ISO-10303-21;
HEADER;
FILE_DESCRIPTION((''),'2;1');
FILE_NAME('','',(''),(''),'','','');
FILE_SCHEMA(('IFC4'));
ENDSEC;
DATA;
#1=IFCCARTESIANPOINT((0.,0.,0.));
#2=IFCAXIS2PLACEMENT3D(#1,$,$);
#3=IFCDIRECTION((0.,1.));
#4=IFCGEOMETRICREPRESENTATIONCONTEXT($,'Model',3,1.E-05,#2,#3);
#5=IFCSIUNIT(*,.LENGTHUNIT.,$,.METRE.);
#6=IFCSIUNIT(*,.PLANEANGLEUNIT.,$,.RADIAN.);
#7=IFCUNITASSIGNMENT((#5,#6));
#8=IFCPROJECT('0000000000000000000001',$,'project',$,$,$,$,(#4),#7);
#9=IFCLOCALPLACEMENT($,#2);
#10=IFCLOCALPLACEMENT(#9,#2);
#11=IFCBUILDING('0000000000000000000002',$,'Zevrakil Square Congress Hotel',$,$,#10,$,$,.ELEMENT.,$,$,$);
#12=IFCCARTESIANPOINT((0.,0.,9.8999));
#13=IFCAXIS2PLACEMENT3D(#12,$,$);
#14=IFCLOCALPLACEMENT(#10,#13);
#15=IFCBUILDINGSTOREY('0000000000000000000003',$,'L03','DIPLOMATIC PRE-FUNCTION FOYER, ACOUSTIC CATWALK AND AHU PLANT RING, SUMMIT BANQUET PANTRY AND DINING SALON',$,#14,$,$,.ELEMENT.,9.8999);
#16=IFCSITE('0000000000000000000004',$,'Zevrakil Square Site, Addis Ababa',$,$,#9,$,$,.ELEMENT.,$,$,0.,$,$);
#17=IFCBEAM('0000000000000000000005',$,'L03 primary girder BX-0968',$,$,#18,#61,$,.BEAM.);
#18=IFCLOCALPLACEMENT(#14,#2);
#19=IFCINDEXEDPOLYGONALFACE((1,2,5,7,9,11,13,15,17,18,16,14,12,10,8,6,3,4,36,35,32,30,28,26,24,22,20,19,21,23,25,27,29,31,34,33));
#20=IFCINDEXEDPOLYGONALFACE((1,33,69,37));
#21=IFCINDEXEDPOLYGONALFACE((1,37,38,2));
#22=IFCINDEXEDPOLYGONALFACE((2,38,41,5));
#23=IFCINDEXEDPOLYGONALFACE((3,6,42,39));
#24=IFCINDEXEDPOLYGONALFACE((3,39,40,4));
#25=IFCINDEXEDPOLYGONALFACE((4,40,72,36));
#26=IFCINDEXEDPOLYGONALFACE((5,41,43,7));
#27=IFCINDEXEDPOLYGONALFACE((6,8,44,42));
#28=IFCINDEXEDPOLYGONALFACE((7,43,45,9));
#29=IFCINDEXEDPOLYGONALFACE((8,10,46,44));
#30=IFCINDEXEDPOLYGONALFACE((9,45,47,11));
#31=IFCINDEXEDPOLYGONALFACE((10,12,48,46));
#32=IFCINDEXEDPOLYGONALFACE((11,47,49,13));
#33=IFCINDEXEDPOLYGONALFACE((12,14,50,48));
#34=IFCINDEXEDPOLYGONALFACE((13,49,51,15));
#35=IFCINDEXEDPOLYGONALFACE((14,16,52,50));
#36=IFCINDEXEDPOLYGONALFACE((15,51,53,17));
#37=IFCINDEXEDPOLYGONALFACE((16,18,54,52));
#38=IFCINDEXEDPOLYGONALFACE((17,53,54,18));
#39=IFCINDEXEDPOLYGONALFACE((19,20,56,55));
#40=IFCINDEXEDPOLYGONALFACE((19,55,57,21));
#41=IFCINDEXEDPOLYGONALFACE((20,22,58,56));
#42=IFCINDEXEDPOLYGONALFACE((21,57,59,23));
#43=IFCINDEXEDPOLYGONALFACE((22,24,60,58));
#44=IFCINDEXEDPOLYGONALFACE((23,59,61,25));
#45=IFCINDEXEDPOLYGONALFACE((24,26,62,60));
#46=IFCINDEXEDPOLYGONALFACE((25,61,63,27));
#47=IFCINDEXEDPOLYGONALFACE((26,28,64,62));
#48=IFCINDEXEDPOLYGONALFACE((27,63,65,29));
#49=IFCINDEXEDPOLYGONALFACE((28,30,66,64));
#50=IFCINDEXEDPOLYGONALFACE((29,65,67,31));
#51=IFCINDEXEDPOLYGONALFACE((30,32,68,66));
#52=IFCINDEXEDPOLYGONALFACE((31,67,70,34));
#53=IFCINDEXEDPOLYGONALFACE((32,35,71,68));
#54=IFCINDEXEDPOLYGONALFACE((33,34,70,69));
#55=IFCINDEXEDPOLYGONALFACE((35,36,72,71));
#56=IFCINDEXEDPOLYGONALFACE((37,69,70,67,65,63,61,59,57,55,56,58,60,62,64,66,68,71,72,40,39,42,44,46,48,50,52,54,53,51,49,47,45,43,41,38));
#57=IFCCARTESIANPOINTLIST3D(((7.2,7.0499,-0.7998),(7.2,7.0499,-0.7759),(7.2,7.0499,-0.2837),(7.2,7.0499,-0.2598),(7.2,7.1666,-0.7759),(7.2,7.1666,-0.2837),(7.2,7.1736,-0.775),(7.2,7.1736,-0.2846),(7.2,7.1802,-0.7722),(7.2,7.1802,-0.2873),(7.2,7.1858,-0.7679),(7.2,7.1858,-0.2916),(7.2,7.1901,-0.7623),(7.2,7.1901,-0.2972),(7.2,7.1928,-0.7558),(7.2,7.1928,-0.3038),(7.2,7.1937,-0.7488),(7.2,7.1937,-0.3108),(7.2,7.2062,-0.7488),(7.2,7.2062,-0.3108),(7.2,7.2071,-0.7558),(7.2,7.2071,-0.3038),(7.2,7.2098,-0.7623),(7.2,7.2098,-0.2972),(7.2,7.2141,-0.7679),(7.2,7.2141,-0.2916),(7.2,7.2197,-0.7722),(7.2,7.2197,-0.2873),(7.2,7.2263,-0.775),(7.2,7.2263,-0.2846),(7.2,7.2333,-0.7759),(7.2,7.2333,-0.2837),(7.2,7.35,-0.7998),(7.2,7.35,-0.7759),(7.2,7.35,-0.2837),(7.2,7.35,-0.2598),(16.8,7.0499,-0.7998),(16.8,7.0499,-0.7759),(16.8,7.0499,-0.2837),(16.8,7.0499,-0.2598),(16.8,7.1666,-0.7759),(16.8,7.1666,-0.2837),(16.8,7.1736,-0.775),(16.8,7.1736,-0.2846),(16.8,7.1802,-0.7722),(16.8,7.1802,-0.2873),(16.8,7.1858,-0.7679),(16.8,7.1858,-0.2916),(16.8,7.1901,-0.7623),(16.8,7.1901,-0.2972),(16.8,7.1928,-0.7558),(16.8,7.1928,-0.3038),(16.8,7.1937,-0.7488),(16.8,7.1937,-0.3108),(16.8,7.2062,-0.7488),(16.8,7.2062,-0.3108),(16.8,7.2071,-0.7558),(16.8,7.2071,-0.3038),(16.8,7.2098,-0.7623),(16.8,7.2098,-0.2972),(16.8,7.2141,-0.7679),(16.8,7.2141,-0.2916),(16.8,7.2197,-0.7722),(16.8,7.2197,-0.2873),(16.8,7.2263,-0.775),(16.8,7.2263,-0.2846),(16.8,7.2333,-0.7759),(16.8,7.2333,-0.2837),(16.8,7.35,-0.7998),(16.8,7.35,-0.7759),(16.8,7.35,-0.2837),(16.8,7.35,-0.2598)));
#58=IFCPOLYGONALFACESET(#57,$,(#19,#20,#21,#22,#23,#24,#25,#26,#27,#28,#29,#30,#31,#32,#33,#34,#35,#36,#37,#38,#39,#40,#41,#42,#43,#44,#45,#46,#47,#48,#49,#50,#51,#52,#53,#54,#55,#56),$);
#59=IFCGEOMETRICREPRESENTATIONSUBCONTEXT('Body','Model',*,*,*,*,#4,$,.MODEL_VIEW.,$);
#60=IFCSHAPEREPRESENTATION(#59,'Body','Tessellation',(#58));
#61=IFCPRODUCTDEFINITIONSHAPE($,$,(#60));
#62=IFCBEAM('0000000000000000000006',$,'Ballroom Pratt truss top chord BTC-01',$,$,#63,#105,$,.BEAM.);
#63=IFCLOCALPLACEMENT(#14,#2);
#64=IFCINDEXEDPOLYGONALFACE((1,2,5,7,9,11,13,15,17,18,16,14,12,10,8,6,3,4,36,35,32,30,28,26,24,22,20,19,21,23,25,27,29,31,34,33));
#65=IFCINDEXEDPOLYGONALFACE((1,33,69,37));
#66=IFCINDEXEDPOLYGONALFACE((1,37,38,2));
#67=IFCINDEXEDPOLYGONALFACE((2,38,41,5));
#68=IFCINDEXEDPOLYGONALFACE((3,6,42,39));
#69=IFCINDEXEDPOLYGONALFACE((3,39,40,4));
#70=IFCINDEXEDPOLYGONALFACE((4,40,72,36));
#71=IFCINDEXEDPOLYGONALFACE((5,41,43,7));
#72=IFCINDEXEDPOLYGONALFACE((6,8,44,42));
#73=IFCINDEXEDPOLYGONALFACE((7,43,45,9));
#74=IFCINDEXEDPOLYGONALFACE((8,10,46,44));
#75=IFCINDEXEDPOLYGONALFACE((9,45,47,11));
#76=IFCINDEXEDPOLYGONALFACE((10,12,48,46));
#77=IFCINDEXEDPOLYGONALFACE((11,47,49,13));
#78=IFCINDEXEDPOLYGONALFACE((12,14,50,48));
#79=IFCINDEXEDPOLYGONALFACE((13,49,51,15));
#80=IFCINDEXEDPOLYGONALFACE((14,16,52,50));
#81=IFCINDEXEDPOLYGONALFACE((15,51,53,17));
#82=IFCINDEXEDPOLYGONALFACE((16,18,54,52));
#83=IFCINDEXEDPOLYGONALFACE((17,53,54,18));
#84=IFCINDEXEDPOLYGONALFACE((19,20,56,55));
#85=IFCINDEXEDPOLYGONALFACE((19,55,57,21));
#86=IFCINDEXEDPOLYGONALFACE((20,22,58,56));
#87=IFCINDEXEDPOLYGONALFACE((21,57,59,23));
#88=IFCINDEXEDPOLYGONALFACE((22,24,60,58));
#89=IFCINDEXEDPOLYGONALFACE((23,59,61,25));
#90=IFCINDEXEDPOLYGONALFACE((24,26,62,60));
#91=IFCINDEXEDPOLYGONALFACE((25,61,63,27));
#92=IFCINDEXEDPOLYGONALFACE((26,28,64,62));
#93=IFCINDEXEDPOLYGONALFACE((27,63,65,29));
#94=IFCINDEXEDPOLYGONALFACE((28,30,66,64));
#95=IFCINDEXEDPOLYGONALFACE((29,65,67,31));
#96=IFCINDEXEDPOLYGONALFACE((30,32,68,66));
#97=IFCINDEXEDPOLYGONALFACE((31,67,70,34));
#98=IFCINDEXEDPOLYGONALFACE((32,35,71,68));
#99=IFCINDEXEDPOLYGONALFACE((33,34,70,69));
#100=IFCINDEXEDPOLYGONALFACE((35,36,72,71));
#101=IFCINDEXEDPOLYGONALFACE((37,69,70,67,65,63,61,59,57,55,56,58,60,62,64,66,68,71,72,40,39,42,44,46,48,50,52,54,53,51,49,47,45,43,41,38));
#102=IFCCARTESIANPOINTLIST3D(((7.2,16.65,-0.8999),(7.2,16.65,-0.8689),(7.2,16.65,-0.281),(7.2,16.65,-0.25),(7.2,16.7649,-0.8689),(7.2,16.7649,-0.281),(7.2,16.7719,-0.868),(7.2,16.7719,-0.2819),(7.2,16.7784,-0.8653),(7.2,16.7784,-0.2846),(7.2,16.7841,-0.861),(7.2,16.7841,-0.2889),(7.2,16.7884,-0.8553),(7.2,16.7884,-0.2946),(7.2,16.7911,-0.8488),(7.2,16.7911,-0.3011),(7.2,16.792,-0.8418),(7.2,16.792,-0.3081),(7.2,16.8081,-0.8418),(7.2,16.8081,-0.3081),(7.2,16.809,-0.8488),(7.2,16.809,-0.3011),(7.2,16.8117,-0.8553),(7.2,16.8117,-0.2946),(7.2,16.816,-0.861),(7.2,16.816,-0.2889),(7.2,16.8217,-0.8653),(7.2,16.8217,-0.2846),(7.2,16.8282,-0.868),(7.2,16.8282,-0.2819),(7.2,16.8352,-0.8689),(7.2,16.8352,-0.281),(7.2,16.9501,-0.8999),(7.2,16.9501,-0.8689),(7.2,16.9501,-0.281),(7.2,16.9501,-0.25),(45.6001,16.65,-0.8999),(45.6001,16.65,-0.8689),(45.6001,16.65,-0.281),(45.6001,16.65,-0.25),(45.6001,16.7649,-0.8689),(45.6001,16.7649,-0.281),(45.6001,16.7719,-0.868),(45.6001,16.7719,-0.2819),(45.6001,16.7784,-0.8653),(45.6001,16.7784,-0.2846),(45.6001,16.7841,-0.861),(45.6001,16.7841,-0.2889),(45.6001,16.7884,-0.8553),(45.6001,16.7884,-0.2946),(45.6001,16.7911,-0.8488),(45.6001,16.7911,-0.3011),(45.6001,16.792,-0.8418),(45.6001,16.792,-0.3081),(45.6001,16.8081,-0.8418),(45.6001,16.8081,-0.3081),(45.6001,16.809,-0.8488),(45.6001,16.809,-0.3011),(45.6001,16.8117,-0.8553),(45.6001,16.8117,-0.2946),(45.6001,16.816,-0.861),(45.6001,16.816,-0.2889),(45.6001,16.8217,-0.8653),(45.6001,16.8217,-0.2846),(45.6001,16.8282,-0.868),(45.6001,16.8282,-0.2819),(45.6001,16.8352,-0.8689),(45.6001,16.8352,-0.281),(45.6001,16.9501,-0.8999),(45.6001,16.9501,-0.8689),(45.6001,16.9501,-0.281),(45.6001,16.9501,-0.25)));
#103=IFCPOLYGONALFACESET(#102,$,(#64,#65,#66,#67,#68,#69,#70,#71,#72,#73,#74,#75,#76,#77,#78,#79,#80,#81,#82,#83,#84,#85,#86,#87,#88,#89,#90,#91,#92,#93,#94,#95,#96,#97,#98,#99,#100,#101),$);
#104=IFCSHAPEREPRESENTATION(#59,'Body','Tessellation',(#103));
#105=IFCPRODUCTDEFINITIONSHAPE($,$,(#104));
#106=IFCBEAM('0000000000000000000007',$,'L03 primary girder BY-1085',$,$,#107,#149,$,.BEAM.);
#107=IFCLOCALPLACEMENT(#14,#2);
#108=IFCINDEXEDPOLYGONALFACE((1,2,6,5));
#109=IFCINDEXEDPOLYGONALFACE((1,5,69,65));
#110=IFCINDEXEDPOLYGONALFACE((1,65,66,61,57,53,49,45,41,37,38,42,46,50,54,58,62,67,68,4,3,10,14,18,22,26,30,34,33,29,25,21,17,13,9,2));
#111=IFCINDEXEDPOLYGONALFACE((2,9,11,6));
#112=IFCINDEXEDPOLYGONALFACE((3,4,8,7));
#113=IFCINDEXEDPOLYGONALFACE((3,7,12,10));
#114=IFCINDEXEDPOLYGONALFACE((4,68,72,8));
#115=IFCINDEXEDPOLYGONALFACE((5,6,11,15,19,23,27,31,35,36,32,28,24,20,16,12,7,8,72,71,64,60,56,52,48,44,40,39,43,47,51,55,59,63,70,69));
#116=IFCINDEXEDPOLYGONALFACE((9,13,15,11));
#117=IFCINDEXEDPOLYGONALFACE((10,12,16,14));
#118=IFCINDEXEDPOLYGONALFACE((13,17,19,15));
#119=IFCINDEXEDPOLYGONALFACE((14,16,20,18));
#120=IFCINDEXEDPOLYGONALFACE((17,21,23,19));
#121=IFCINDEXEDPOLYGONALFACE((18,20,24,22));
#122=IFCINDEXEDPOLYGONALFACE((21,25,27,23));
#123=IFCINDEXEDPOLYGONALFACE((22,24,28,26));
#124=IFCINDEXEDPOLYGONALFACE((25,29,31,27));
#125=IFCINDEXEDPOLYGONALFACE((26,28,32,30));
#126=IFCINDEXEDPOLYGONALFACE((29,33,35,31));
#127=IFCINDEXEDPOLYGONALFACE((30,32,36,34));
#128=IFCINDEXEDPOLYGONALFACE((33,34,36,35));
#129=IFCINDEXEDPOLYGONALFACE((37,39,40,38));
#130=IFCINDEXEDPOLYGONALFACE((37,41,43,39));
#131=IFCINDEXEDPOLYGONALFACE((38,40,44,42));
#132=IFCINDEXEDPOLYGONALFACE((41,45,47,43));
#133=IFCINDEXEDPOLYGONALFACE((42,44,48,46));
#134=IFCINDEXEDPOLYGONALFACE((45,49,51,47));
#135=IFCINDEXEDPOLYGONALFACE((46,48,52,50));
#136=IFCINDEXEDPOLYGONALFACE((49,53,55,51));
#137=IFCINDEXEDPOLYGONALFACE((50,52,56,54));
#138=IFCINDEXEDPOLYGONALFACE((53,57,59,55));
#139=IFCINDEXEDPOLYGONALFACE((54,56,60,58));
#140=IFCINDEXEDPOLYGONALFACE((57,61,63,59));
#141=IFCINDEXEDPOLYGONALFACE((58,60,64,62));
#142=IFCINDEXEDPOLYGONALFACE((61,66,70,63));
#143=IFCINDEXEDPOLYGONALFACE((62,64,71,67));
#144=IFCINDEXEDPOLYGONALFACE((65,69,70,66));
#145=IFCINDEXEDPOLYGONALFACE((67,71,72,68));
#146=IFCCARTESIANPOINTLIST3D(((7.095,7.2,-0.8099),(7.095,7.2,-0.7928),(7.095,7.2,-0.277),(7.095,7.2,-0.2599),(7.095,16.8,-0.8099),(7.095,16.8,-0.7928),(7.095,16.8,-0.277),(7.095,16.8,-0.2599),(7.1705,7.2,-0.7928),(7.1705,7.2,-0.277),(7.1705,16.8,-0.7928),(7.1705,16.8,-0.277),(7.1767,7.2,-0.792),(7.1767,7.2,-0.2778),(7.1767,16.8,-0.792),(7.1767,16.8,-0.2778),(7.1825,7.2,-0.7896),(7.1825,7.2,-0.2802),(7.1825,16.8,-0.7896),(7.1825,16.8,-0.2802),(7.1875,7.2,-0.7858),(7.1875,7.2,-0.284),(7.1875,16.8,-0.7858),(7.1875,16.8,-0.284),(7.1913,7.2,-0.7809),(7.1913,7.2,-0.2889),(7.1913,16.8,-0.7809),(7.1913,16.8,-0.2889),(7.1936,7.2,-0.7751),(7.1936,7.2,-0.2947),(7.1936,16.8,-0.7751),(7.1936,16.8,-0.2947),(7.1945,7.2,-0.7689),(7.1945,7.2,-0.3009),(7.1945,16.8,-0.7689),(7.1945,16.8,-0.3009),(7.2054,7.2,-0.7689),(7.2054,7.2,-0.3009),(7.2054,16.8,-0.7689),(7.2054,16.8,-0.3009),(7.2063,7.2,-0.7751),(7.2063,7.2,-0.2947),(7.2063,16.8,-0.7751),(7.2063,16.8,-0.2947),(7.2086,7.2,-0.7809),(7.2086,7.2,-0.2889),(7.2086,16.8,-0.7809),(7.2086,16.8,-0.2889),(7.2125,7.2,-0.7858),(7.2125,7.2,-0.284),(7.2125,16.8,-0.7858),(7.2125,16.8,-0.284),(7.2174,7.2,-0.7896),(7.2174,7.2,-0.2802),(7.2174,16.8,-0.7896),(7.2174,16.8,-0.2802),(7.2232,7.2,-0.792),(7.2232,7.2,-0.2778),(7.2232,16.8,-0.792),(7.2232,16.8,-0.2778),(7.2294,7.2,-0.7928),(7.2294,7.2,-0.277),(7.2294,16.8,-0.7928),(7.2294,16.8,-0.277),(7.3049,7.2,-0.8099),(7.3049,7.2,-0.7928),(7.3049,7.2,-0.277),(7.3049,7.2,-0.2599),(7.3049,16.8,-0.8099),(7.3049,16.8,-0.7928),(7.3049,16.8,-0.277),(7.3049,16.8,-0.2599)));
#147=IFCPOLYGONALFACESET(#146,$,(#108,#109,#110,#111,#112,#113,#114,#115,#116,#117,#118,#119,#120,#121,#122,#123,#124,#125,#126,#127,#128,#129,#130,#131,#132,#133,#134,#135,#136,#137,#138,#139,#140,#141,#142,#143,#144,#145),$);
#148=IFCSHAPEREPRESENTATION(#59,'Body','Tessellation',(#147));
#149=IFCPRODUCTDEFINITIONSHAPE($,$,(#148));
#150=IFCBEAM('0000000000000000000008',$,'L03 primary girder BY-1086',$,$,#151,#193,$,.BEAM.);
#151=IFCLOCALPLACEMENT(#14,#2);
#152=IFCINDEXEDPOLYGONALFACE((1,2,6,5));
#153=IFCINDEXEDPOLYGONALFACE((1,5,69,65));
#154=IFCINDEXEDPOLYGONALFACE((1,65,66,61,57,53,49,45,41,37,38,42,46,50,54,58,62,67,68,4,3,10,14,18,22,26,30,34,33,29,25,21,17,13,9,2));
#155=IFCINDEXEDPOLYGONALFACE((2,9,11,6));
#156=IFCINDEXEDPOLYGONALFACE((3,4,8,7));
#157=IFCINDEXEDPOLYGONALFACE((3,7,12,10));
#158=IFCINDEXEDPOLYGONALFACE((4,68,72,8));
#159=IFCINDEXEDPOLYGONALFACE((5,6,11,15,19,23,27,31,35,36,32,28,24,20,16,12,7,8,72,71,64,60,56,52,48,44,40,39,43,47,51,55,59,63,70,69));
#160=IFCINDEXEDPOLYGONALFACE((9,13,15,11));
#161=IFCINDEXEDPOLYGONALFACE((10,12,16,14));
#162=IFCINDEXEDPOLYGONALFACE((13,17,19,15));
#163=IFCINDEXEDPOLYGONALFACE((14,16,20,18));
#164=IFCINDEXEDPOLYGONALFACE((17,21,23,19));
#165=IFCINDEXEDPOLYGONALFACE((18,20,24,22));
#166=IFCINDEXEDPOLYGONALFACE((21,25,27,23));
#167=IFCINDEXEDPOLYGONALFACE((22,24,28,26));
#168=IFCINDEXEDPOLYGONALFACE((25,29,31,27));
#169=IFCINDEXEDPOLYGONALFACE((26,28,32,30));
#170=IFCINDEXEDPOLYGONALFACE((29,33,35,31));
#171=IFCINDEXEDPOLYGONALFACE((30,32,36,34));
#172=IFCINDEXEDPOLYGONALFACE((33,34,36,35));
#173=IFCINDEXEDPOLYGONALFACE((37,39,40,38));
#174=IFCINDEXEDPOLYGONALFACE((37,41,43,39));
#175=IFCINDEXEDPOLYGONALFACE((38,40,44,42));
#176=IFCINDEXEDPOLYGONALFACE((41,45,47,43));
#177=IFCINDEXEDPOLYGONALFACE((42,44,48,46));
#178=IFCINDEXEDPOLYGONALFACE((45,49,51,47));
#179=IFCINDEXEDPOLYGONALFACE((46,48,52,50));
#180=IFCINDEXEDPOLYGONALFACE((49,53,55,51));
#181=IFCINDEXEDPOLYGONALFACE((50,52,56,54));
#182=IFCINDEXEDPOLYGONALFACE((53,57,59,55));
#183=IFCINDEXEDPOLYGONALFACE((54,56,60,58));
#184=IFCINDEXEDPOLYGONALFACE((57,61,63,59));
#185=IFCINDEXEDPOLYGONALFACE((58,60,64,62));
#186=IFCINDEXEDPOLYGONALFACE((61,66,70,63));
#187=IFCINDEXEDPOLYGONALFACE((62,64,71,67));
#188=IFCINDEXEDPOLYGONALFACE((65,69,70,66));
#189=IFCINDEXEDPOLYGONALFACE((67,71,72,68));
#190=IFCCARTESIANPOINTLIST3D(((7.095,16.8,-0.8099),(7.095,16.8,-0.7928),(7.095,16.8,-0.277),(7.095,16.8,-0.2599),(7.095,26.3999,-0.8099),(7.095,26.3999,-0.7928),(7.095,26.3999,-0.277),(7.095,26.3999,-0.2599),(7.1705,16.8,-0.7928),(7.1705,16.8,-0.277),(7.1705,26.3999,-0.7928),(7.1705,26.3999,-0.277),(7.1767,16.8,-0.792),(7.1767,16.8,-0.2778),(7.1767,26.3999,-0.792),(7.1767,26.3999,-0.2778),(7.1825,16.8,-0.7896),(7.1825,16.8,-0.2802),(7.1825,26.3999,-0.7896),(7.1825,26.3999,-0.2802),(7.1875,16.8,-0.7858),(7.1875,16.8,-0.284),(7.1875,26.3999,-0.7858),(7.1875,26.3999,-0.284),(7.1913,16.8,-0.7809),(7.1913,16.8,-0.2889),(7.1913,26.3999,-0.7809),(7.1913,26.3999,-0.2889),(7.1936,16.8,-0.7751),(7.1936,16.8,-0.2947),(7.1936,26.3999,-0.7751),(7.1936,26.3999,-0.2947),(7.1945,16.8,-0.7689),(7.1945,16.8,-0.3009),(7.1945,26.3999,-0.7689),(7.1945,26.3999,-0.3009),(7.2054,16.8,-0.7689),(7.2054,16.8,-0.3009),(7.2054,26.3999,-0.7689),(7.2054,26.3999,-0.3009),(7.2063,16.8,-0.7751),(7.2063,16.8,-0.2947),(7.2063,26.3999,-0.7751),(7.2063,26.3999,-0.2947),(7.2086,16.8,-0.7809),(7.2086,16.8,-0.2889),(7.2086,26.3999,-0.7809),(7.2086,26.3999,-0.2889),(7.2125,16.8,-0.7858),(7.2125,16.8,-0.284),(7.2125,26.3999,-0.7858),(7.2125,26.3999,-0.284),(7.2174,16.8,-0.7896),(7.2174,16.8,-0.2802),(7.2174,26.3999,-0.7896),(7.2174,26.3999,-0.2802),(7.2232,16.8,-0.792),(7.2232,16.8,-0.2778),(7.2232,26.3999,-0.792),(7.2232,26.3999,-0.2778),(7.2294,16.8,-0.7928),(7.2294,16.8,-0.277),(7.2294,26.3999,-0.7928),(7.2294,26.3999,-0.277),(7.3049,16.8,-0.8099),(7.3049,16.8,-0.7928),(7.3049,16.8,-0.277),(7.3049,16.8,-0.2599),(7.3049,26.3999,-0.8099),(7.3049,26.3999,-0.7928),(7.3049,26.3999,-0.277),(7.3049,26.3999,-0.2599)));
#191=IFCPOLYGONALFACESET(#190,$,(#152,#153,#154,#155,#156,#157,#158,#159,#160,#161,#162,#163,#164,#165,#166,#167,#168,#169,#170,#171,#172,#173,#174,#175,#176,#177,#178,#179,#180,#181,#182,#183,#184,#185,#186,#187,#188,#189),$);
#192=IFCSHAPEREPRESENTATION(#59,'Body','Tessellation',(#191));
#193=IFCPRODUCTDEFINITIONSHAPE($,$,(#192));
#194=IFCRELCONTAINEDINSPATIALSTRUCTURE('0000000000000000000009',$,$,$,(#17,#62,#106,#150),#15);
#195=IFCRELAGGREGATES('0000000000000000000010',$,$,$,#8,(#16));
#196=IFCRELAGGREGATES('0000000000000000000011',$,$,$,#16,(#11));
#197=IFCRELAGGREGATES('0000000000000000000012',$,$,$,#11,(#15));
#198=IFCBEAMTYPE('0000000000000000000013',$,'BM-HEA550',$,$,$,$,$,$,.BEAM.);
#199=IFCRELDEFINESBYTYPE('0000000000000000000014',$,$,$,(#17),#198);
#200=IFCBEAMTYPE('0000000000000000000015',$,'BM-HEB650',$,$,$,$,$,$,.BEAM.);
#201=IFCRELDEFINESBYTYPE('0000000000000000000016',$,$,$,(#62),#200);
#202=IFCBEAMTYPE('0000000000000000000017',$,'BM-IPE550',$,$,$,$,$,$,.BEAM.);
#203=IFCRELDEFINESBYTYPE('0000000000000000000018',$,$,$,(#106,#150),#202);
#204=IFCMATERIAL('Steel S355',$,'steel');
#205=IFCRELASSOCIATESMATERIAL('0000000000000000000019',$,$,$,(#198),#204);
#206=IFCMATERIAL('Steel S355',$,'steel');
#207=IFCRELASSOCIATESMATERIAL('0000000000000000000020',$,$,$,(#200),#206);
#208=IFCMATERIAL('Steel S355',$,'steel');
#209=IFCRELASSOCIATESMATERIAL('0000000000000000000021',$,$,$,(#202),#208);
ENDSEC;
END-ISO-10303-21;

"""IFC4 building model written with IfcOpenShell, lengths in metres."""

from ifc_helpers import new_model, si_unit, direction, frame, origin, origin_2d, place, context, subcontext, project, spatial, i_section, extrude, material, material_profile, profile_set, type_object, element, save


model = new_model("IFC4")

# Units and contexts
model_context = context("Model", 3, precision=1e-05, world=origin(), true_north=direction((0.0, 1.0)))
body_context = subcontext(model_context, "Body", "Model", "MODEL_VIEW")
ifc_project = project(units=[si_unit("LENGTHUNIT", "METRE"), si_unit("PLANEANGLEUNIT", "RADIAN")], contexts=[model_context])

# Site, building, storey
site_placement = place(None, origin())
site = spatial("IfcSite", under=ifc_project, at=site_placement, Name="Zevrakil Square Site, Addis Ababa", CompositionType="ELEMENT", RefElevation=0.0)
building_placement = place(site_placement, origin())
building = spatial("IfcBuilding", under=site, at=building_placement, Name="Zevrakil Square Congress Hotel", CompositionType="ELEMENT")
storey_placement = place(building_placement, frame((0.0, 0.0, 9.8999)))
storey = spatial("IfcBuildingStorey", under=building, at=storey_placement, Name="L03", Description="DIPLOMATIC PRE-FUNCTION FOYER, ACOUSTIC CATWALK AND AHU PLANT RING, SUMMIT BANQUET PANTRY AND DINING SALON", CompositionType="ELEMENT", Elevation=9.8999)

# Beams
ifc_material_1 = material(Name="Steel S355", Category="steel")
ifc_material_profile_1 = material_profile(ifc_material_1, i_section(OverallWidth=0.3, OverallDepth=0.54, WebThickness=0.0125, FlangeThickness=0.0239, FilletRadius=0.0271, at=origin_2d()), Name="HEA 550")
ifc_profile_set_1 = profile_set([ifc_material_profile_1], Name="Steel S355")
beam_type_1 = type_object("IfcBeamType", Name="BM-HEA550", PredefinedType="BEAM", material=ifc_profile_set_1)
beam_1_placement = place(storey_placement, frame((7.2, 7.2, -0.5298), z_axis=(1.0, 0.0, 0.0), x_axis=(0.0, 1.0, 0.0)))
element("IfcBeam", 1, at=beam_1_placement, inside=storey, type_object=beam_type_1, Name="L03 primary girder BX-0968", PredefinedType="BEAM", context=body_context, shape_type="SweptSolid", body=[
    extrude(i_section(OverallWidth=0.3, OverallDepth=0.54, WebThickness=0.0125, FlangeThickness=0.0239, FilletRadius=0.0271, at=origin_2d()), origin(), (0.0, 0.0, 1.0), 9.6001),
])
ifc_material_2 = material(Name="Steel S355", Category="steel")
ifc_material_profile_2 = material_profile(ifc_material_2, i_section(OverallWidth=0.3, OverallDepth=0.6499, WebThickness=0.0161, FlangeThickness=0.031, FilletRadius=0.0271, at=origin_2d()), Name="HEB 650")
ifc_profile_set_2 = profile_set([ifc_material_profile_2], Name="Steel S355")
beam_type_2 = type_object("IfcBeamType", Name="BM-HEB650", PredefinedType="BEAM", material=ifc_profile_set_2)
beam_2_placement = place(storey_placement, frame((7.2, 16.8, -0.575), z_axis=(1.0, 0.0, 0.0), x_axis=(0.0, 1.0, 0.0)))
element("IfcBeam", 2, at=beam_2_placement, inside=storey, type_object=beam_type_2, Name="Ballroom Pratt truss top chord BTC-01", PredefinedType="BEAM", context=body_context, shape_type="SweptSolid", body=[
    extrude(i_section(OverallWidth=0.3, OverallDepth=0.6499, WebThickness=0.0161, FlangeThickness=0.031, FilletRadius=0.0271, at=origin_2d()), origin(), (0.0, 0.0, 1.0), 38.4001),
])
ifc_material_3 = material(Name="Steel S355", Category="steel")
ifc_material_profile_3 = material_profile(ifc_material_3, i_section(OverallWidth=0.21, OverallDepth=0.55, WebThickness=0.011, FlangeThickness=0.0171, FilletRadius=0.0239, at=origin_2d()), Name="IPE 550")
ifc_profile_set_3 = profile_set([ifc_material_profile_3], Name="Steel S355")
beam_type_3 = type_object("IfcBeamType", Name="BM-IPE550", PredefinedType="BEAM", material=ifc_profile_set_3)
beam_3_placement = place(storey_placement, frame((7.2, 7.2, -0.5349), z_axis=(0.0, 1.0, 0.0), x_axis=(-1.0, 0.0, 0.0)))
element("IfcBeam", 3, at=beam_3_placement, inside=storey, type_object=beam_type_3, Name="L03 primary girder BY-1085", PredefinedType="BEAM", context=body_context, shape_type="SweptSolid", body=[
    extrude(i_section(OverallWidth=0.21, OverallDepth=0.55, WebThickness=0.011, FlangeThickness=0.0171, FilletRadius=0.0239, at=origin_2d()), origin(), (0.0, 0.0, 1.0), 9.6001),
])
beam_4_placement = place(storey_placement, frame((7.2, 16.8, -0.5349), z_axis=(0.0, 1.0, 0.0), x_axis=(-1.0, 0.0, 0.0)))
element("IfcBeam", 4, at=beam_4_placement, inside=storey, type_object=beam_type_3, Name="L03 primary girder BY-1086", PredefinedType="BEAM", context=body_context, shape_type="SweptSolid", body=[
    extrude(i_section(OverallWidth=0.21, OverallDepth=0.55, WebThickness=0.011, FlangeThickness=0.0171, FilletRadius=0.0239, at=origin_2d()), origin(), (0.0, 0.0, 1.0), 9.5999),
])

save(model, "model.ifc")
